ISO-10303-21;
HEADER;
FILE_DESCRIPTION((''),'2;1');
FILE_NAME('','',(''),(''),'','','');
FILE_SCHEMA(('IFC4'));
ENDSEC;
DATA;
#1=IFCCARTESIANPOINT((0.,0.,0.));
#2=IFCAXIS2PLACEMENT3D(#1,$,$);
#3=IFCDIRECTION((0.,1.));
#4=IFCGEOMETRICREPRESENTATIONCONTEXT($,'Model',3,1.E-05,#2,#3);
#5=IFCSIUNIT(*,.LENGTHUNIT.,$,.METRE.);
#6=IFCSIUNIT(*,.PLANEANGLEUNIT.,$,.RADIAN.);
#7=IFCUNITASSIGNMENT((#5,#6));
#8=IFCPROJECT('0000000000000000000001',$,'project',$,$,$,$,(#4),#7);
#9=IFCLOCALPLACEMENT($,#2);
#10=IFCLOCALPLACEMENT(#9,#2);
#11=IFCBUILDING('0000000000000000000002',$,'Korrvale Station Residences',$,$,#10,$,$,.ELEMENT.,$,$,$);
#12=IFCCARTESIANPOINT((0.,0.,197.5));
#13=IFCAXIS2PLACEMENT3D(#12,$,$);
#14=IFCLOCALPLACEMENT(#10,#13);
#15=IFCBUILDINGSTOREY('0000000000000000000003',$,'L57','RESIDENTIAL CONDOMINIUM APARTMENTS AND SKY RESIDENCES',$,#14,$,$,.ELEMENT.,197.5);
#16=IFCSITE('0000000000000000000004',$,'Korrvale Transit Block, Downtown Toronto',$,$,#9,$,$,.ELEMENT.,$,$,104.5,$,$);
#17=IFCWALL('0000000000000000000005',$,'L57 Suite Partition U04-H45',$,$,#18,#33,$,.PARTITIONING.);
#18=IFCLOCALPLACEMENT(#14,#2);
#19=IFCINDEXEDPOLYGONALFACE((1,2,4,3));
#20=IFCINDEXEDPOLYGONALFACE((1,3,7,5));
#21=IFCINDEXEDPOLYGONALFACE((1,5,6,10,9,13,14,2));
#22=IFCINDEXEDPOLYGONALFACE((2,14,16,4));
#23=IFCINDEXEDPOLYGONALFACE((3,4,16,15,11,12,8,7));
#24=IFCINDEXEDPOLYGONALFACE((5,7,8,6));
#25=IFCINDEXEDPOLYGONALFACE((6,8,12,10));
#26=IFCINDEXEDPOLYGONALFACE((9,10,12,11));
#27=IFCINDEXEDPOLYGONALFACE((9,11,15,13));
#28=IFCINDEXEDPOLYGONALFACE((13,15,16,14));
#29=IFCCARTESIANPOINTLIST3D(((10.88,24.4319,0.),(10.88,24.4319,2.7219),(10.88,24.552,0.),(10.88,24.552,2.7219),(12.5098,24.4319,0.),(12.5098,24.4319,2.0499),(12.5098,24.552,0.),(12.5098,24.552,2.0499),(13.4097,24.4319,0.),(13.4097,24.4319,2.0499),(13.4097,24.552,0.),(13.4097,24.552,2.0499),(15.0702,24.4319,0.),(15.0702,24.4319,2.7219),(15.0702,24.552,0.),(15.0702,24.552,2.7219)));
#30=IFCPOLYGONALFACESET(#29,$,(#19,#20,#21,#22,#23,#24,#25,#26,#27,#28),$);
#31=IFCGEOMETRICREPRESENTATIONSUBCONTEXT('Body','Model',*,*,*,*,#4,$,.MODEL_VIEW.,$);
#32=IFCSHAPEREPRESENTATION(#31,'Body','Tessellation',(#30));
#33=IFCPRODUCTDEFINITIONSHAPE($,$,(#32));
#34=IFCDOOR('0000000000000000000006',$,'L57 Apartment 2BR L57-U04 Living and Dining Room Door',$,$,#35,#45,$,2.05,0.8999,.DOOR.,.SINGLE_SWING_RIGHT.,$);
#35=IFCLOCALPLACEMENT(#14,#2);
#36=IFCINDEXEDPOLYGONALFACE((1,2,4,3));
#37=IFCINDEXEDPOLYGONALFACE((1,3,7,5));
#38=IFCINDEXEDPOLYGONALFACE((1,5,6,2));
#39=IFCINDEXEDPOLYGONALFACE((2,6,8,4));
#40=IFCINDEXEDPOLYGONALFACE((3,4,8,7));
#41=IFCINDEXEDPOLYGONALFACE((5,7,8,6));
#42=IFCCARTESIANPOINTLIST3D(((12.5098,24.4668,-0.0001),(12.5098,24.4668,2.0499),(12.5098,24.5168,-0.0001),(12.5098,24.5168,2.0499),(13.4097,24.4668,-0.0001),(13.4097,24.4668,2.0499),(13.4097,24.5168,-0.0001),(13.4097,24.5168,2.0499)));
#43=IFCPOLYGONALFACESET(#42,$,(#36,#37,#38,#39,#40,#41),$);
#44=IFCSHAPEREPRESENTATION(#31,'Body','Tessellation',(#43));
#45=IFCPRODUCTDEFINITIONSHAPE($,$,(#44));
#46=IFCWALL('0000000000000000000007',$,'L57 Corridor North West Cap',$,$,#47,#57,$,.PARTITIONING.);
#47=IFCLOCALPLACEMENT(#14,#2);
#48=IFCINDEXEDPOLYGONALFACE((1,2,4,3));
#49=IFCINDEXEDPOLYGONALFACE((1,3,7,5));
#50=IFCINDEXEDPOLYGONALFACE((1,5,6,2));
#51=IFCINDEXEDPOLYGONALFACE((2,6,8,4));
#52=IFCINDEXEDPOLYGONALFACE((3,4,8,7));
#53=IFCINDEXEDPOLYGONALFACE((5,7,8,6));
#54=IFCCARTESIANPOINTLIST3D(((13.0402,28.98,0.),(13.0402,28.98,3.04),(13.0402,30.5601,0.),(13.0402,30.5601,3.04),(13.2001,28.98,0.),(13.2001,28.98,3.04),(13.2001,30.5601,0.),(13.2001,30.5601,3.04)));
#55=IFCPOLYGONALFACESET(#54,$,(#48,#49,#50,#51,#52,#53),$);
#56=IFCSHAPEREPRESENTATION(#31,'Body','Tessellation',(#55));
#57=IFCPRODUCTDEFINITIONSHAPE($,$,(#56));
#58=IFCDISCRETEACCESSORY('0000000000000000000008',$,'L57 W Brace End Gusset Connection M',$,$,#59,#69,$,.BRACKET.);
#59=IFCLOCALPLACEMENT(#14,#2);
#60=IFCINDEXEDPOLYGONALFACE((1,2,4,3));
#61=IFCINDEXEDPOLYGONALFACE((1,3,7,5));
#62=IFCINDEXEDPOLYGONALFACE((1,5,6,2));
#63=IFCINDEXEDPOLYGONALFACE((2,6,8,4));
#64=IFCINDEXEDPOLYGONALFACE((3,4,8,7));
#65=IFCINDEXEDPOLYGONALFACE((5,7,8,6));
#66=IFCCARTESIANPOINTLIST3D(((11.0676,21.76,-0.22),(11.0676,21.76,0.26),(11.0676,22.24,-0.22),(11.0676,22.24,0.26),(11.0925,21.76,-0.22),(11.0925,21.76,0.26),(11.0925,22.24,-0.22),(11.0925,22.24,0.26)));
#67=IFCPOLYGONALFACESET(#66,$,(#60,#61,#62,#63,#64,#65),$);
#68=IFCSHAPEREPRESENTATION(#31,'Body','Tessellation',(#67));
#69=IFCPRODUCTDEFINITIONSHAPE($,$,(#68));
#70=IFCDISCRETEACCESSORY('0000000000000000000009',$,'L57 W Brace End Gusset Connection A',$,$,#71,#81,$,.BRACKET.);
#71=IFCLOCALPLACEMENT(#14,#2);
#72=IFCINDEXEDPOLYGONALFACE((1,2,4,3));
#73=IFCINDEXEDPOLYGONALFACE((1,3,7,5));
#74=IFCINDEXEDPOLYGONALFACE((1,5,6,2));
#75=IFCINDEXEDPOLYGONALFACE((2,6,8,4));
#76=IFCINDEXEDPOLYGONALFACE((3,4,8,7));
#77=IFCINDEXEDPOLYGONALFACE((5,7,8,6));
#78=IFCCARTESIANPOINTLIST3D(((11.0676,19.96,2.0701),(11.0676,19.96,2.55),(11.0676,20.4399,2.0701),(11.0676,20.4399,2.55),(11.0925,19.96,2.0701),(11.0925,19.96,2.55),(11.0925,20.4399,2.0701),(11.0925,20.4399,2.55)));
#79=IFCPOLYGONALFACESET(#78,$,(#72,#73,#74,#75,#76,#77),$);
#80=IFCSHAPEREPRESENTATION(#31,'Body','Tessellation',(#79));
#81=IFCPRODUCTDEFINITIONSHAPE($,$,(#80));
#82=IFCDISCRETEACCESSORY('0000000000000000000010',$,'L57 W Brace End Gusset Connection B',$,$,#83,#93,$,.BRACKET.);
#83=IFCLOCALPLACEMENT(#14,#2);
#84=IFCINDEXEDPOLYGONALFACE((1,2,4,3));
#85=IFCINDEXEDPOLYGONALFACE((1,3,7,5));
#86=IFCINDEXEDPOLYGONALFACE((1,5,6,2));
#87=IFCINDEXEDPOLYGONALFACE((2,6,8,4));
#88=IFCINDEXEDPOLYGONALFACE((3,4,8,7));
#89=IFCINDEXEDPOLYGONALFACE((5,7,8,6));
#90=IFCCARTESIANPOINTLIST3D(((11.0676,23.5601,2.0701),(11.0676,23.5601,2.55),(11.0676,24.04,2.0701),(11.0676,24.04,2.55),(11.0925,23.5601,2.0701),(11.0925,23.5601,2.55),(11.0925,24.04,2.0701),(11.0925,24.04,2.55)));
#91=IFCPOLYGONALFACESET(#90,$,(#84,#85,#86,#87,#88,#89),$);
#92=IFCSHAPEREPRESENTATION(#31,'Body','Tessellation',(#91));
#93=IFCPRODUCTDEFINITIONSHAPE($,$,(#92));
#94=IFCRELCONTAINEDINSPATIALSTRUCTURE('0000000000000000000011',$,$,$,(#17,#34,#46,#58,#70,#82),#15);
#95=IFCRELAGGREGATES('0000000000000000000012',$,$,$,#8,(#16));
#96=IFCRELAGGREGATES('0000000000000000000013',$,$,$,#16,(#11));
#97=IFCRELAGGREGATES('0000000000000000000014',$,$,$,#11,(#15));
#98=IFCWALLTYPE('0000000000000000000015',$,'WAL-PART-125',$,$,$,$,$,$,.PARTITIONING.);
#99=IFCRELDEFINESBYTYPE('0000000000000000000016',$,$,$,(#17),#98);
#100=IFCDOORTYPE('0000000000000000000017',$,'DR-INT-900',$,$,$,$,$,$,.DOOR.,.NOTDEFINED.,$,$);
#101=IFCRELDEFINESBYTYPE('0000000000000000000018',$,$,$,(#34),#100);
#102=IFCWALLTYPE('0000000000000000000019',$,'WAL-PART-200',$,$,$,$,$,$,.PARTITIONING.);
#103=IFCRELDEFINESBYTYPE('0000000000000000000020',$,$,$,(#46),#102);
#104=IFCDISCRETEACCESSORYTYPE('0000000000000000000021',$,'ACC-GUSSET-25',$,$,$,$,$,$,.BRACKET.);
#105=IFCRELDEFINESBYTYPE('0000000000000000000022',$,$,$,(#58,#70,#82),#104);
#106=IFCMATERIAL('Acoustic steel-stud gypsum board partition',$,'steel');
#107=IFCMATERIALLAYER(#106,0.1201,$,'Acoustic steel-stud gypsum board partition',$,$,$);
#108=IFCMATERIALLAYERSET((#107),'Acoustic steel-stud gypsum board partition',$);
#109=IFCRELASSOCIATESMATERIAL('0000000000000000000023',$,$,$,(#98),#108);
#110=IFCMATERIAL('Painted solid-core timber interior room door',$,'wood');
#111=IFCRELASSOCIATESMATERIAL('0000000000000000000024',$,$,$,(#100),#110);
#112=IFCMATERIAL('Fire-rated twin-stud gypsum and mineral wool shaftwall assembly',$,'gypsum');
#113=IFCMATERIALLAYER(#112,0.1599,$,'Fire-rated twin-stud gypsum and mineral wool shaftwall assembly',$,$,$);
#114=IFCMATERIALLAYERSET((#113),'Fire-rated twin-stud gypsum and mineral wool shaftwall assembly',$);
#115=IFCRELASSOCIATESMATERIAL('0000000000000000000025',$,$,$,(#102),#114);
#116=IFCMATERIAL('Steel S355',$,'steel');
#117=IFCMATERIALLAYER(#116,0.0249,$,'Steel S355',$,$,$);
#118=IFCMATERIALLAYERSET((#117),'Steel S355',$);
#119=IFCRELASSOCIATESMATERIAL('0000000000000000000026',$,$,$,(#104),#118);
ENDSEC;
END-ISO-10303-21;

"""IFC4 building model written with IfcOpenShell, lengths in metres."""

from ifc_helpers import new_model, si_unit, direction, frame, frame_2d, origin, origin_2d, place, context, subcontext, project, spatial, rectangle, extrude, material, layer, layer_set, type_object, element, fill, save


model = new_model("IFC4")

# Units and contexts
model_context = context("Model", 3, precision=1e-05, world=origin(), true_north=direction((0.0, 1.0)))
body_context = subcontext(model_context, "Body", "Model", "MODEL_VIEW")
ifc_project = project(units=[si_unit("LENGTHUNIT", "METRE"), si_unit("PLANEANGLEUNIT", "RADIAN")], contexts=[model_context])

# Site, building, storey
site_placement = place(None, origin())
site = spatial("IfcSite", under=ifc_project, at=site_placement, Name="Korrvale Transit Block, Downtown Toronto", CompositionType="ELEMENT", RefElevation=104.5)
building_placement = place(site_placement, origin())
building = spatial("IfcBuilding", under=site, at=building_placement, Name="Korrvale Station Residences", CompositionType="ELEMENT")
storey_placement = place(building_placement, frame((0.0, 0.0, 197.5)))
storey = spatial("IfcBuildingStorey", under=building, at=storey_placement, Name="L57", Description="RESIDENTIAL CONDOMINIUM APARTMENTS AND SKY RESIDENCES", CompositionType="ELEMENT", Elevation=197.5)

# Shared definitions
ifc_material_1 = material(Name="Steel S355", Category="steel")

# Shared definitions
ifc_material_2 = material(Name="Acoustic steel-stud gypsum board partition", Category="steel")
ifc_layer_1 = layer(ifc_material_2, 0.1201, Name="Acoustic steel-stud gypsum board partition")
ifc_layer_set_1 = layer_set([ifc_layer_1], Name="Acoustic steel-stud gypsum board partition")
wall_type_1 = type_object("IfcWallType", Name="WAL-PART-125", PredefinedType="PARTITIONING", material=ifc_layer_set_1)

# Wall, opening, door
ifc_material_3 = material(Name="Painted solid-core timber interior room door", Category="wood")
door_type = type_object("IfcDoorType", Name="DR-INT-900", OperationType="NOTDEFINED", PredefinedType="DOOR", material=ifc_material_3)
wall_1_placement = place(storey_placement, frame((10.8799, 24.4919, 0.0), z_axis=(0.0, 0.0, 1.0), x_axis=(1.0, 0.0, 0.0)))
wall_1 = element("IfcWall", 1, at=wall_1_placement, inside=storey, type_object=wall_type_1, Name="L57 Suite Partition U04-H45", PredefinedType="PARTITIONING", context=body_context, shape_type="SweptSolid", body=[
    extrude(rectangle(XDim=4.1902, YDim=0.1201, at=frame_2d((2.0952, 0.0))), origin(), (0.0, 0.0, 1.0), 2.7219),
])
opening_1_placement = place(wall_1_placement, frame((1.6299, 0.0, 0.0)))
opening_1 = element("IfcOpeningElement", 2, at=opening_1_placement, cuts=wall_1, PredefinedType="OPENING", context=body_context, shape_type="SweptSolid", body=[
    extrude(rectangle(XDim=0.8999, YDim=2.05, at=frame_2d((0.45, 1.0249))), frame((0.0, 0.0701, 0.0), z_axis=(0.0, -1.0, 0.0), x_axis=(1.0, 0.0, 0.0)), (0.0, 0.0, 1.0), 0.1401),
])
door_1_placement = place(opening_1_placement, origin())
door_1 = element("IfcDoor", 3, at=door_1_placement, inside=storey, type_object=door_type, Name="L57 Apartment 2BR L57-U04 Living and Dining Room Door", OperationType="SINGLE_SWING_RIGHT", OverallHeight=2.05, OverallWidth=0.8999, PredefinedType="DOOR", context=body_context, shape_type="SweptSolid", body=[
    extrude(rectangle(XDim=0.8999, YDim=2.05, at=frame_2d((0.45, 1.0249))), frame((0.0, 0.0249, 0.0), z_axis=(0.0, -1.0, 0.0), x_axis=(1.0, 0.0, 0.0)), (0.0, 0.0, 1.0), 0.05),
])
fill(opening_1, door_1)

# Wall
ifc_material_4 = material(Name="Fire-rated twin-stud gypsum and mineral wool shaftwall assembly", Category="gypsum")
ifc_layer_2 = layer(ifc_material_4, 0.1599, Name="Fire-rated twin-stud gypsum and mineral wool shaftwall assembly")
ifc_layer_set_2 = layer_set([ifc_layer_2], Name="Fire-rated twin-stud gypsum and mineral wool shaftwall assembly")
wall_type_2 = type_object("IfcWallType", Name="WAL-PART-200", PredefinedType="PARTITIONING", material=ifc_layer_set_2)
wall_2_placement = place(storey_placement, frame((13.1201, 28.98, 0.0), z_axis=(0.0, 0.0, 1.0), x_axis=(0.0, 1.0, 0.0)))
element("IfcWall", 4, at=wall_2_placement, inside=storey, type_object=wall_type_2, Name="L57 Corridor North West Cap", PredefinedType="PARTITIONING", context=body_context, shape_type="SweptSolid", body=[
    extrude(rectangle(XDim=1.5801, YDim=0.1599, at=frame_2d((0.79, 0.0))), origin(), (0.0, 0.0, 1.0), 3.04),
])

# Discrete accessories
ifc_layer_3 = layer(ifc_material_1, 0.0249, Name="Steel S355")
ifc_layer_set_3 = layer_set([ifc_layer_3], Name="Steel S355")
discrete_accessory_type = type_object("IfcDiscreteAccessoryType", Name="ACC-GUSSET-25", PredefinedType="BRACKET", material=ifc_layer_set_3)
for number, where, z_axis, x_axis, name in (
    (5, (11.0801, 22.0, -0.22), (0.0, 0.0, 1.0), (0.0, 1.0, 0.0), "L57 W Brace End Gusset Connection M"),
    (6, (11.0801, 20.2, 2.0701), (0.0, 0.0, 1.0), (0.0, 1.0, 0.0), "L57 W Brace End Gusset Connection A"),
    (7, (11.0801, 23.8, 2.0701), (0.0, 0.0, 1.0), (0.0, 1.0, 0.0), "L57 W Brace End Gusset Connection B"),
):
    element("IfcDiscreteAccessory", number, at=place(storey_placement, frame(where, z_axis=z_axis, x_axis=x_axis)), inside=storey, type_object=discrete_accessory_type, Name=name, PredefinedType="BRACKET", context=body_context, shape_type="SweptSolid", body=[
        extrude(rectangle(XDim=0.48, YDim=0.0249, at=origin_2d()), origin(), (0.0, 0.0, 1.0), 0.48),
    ])

save(model, "model.ifc")
